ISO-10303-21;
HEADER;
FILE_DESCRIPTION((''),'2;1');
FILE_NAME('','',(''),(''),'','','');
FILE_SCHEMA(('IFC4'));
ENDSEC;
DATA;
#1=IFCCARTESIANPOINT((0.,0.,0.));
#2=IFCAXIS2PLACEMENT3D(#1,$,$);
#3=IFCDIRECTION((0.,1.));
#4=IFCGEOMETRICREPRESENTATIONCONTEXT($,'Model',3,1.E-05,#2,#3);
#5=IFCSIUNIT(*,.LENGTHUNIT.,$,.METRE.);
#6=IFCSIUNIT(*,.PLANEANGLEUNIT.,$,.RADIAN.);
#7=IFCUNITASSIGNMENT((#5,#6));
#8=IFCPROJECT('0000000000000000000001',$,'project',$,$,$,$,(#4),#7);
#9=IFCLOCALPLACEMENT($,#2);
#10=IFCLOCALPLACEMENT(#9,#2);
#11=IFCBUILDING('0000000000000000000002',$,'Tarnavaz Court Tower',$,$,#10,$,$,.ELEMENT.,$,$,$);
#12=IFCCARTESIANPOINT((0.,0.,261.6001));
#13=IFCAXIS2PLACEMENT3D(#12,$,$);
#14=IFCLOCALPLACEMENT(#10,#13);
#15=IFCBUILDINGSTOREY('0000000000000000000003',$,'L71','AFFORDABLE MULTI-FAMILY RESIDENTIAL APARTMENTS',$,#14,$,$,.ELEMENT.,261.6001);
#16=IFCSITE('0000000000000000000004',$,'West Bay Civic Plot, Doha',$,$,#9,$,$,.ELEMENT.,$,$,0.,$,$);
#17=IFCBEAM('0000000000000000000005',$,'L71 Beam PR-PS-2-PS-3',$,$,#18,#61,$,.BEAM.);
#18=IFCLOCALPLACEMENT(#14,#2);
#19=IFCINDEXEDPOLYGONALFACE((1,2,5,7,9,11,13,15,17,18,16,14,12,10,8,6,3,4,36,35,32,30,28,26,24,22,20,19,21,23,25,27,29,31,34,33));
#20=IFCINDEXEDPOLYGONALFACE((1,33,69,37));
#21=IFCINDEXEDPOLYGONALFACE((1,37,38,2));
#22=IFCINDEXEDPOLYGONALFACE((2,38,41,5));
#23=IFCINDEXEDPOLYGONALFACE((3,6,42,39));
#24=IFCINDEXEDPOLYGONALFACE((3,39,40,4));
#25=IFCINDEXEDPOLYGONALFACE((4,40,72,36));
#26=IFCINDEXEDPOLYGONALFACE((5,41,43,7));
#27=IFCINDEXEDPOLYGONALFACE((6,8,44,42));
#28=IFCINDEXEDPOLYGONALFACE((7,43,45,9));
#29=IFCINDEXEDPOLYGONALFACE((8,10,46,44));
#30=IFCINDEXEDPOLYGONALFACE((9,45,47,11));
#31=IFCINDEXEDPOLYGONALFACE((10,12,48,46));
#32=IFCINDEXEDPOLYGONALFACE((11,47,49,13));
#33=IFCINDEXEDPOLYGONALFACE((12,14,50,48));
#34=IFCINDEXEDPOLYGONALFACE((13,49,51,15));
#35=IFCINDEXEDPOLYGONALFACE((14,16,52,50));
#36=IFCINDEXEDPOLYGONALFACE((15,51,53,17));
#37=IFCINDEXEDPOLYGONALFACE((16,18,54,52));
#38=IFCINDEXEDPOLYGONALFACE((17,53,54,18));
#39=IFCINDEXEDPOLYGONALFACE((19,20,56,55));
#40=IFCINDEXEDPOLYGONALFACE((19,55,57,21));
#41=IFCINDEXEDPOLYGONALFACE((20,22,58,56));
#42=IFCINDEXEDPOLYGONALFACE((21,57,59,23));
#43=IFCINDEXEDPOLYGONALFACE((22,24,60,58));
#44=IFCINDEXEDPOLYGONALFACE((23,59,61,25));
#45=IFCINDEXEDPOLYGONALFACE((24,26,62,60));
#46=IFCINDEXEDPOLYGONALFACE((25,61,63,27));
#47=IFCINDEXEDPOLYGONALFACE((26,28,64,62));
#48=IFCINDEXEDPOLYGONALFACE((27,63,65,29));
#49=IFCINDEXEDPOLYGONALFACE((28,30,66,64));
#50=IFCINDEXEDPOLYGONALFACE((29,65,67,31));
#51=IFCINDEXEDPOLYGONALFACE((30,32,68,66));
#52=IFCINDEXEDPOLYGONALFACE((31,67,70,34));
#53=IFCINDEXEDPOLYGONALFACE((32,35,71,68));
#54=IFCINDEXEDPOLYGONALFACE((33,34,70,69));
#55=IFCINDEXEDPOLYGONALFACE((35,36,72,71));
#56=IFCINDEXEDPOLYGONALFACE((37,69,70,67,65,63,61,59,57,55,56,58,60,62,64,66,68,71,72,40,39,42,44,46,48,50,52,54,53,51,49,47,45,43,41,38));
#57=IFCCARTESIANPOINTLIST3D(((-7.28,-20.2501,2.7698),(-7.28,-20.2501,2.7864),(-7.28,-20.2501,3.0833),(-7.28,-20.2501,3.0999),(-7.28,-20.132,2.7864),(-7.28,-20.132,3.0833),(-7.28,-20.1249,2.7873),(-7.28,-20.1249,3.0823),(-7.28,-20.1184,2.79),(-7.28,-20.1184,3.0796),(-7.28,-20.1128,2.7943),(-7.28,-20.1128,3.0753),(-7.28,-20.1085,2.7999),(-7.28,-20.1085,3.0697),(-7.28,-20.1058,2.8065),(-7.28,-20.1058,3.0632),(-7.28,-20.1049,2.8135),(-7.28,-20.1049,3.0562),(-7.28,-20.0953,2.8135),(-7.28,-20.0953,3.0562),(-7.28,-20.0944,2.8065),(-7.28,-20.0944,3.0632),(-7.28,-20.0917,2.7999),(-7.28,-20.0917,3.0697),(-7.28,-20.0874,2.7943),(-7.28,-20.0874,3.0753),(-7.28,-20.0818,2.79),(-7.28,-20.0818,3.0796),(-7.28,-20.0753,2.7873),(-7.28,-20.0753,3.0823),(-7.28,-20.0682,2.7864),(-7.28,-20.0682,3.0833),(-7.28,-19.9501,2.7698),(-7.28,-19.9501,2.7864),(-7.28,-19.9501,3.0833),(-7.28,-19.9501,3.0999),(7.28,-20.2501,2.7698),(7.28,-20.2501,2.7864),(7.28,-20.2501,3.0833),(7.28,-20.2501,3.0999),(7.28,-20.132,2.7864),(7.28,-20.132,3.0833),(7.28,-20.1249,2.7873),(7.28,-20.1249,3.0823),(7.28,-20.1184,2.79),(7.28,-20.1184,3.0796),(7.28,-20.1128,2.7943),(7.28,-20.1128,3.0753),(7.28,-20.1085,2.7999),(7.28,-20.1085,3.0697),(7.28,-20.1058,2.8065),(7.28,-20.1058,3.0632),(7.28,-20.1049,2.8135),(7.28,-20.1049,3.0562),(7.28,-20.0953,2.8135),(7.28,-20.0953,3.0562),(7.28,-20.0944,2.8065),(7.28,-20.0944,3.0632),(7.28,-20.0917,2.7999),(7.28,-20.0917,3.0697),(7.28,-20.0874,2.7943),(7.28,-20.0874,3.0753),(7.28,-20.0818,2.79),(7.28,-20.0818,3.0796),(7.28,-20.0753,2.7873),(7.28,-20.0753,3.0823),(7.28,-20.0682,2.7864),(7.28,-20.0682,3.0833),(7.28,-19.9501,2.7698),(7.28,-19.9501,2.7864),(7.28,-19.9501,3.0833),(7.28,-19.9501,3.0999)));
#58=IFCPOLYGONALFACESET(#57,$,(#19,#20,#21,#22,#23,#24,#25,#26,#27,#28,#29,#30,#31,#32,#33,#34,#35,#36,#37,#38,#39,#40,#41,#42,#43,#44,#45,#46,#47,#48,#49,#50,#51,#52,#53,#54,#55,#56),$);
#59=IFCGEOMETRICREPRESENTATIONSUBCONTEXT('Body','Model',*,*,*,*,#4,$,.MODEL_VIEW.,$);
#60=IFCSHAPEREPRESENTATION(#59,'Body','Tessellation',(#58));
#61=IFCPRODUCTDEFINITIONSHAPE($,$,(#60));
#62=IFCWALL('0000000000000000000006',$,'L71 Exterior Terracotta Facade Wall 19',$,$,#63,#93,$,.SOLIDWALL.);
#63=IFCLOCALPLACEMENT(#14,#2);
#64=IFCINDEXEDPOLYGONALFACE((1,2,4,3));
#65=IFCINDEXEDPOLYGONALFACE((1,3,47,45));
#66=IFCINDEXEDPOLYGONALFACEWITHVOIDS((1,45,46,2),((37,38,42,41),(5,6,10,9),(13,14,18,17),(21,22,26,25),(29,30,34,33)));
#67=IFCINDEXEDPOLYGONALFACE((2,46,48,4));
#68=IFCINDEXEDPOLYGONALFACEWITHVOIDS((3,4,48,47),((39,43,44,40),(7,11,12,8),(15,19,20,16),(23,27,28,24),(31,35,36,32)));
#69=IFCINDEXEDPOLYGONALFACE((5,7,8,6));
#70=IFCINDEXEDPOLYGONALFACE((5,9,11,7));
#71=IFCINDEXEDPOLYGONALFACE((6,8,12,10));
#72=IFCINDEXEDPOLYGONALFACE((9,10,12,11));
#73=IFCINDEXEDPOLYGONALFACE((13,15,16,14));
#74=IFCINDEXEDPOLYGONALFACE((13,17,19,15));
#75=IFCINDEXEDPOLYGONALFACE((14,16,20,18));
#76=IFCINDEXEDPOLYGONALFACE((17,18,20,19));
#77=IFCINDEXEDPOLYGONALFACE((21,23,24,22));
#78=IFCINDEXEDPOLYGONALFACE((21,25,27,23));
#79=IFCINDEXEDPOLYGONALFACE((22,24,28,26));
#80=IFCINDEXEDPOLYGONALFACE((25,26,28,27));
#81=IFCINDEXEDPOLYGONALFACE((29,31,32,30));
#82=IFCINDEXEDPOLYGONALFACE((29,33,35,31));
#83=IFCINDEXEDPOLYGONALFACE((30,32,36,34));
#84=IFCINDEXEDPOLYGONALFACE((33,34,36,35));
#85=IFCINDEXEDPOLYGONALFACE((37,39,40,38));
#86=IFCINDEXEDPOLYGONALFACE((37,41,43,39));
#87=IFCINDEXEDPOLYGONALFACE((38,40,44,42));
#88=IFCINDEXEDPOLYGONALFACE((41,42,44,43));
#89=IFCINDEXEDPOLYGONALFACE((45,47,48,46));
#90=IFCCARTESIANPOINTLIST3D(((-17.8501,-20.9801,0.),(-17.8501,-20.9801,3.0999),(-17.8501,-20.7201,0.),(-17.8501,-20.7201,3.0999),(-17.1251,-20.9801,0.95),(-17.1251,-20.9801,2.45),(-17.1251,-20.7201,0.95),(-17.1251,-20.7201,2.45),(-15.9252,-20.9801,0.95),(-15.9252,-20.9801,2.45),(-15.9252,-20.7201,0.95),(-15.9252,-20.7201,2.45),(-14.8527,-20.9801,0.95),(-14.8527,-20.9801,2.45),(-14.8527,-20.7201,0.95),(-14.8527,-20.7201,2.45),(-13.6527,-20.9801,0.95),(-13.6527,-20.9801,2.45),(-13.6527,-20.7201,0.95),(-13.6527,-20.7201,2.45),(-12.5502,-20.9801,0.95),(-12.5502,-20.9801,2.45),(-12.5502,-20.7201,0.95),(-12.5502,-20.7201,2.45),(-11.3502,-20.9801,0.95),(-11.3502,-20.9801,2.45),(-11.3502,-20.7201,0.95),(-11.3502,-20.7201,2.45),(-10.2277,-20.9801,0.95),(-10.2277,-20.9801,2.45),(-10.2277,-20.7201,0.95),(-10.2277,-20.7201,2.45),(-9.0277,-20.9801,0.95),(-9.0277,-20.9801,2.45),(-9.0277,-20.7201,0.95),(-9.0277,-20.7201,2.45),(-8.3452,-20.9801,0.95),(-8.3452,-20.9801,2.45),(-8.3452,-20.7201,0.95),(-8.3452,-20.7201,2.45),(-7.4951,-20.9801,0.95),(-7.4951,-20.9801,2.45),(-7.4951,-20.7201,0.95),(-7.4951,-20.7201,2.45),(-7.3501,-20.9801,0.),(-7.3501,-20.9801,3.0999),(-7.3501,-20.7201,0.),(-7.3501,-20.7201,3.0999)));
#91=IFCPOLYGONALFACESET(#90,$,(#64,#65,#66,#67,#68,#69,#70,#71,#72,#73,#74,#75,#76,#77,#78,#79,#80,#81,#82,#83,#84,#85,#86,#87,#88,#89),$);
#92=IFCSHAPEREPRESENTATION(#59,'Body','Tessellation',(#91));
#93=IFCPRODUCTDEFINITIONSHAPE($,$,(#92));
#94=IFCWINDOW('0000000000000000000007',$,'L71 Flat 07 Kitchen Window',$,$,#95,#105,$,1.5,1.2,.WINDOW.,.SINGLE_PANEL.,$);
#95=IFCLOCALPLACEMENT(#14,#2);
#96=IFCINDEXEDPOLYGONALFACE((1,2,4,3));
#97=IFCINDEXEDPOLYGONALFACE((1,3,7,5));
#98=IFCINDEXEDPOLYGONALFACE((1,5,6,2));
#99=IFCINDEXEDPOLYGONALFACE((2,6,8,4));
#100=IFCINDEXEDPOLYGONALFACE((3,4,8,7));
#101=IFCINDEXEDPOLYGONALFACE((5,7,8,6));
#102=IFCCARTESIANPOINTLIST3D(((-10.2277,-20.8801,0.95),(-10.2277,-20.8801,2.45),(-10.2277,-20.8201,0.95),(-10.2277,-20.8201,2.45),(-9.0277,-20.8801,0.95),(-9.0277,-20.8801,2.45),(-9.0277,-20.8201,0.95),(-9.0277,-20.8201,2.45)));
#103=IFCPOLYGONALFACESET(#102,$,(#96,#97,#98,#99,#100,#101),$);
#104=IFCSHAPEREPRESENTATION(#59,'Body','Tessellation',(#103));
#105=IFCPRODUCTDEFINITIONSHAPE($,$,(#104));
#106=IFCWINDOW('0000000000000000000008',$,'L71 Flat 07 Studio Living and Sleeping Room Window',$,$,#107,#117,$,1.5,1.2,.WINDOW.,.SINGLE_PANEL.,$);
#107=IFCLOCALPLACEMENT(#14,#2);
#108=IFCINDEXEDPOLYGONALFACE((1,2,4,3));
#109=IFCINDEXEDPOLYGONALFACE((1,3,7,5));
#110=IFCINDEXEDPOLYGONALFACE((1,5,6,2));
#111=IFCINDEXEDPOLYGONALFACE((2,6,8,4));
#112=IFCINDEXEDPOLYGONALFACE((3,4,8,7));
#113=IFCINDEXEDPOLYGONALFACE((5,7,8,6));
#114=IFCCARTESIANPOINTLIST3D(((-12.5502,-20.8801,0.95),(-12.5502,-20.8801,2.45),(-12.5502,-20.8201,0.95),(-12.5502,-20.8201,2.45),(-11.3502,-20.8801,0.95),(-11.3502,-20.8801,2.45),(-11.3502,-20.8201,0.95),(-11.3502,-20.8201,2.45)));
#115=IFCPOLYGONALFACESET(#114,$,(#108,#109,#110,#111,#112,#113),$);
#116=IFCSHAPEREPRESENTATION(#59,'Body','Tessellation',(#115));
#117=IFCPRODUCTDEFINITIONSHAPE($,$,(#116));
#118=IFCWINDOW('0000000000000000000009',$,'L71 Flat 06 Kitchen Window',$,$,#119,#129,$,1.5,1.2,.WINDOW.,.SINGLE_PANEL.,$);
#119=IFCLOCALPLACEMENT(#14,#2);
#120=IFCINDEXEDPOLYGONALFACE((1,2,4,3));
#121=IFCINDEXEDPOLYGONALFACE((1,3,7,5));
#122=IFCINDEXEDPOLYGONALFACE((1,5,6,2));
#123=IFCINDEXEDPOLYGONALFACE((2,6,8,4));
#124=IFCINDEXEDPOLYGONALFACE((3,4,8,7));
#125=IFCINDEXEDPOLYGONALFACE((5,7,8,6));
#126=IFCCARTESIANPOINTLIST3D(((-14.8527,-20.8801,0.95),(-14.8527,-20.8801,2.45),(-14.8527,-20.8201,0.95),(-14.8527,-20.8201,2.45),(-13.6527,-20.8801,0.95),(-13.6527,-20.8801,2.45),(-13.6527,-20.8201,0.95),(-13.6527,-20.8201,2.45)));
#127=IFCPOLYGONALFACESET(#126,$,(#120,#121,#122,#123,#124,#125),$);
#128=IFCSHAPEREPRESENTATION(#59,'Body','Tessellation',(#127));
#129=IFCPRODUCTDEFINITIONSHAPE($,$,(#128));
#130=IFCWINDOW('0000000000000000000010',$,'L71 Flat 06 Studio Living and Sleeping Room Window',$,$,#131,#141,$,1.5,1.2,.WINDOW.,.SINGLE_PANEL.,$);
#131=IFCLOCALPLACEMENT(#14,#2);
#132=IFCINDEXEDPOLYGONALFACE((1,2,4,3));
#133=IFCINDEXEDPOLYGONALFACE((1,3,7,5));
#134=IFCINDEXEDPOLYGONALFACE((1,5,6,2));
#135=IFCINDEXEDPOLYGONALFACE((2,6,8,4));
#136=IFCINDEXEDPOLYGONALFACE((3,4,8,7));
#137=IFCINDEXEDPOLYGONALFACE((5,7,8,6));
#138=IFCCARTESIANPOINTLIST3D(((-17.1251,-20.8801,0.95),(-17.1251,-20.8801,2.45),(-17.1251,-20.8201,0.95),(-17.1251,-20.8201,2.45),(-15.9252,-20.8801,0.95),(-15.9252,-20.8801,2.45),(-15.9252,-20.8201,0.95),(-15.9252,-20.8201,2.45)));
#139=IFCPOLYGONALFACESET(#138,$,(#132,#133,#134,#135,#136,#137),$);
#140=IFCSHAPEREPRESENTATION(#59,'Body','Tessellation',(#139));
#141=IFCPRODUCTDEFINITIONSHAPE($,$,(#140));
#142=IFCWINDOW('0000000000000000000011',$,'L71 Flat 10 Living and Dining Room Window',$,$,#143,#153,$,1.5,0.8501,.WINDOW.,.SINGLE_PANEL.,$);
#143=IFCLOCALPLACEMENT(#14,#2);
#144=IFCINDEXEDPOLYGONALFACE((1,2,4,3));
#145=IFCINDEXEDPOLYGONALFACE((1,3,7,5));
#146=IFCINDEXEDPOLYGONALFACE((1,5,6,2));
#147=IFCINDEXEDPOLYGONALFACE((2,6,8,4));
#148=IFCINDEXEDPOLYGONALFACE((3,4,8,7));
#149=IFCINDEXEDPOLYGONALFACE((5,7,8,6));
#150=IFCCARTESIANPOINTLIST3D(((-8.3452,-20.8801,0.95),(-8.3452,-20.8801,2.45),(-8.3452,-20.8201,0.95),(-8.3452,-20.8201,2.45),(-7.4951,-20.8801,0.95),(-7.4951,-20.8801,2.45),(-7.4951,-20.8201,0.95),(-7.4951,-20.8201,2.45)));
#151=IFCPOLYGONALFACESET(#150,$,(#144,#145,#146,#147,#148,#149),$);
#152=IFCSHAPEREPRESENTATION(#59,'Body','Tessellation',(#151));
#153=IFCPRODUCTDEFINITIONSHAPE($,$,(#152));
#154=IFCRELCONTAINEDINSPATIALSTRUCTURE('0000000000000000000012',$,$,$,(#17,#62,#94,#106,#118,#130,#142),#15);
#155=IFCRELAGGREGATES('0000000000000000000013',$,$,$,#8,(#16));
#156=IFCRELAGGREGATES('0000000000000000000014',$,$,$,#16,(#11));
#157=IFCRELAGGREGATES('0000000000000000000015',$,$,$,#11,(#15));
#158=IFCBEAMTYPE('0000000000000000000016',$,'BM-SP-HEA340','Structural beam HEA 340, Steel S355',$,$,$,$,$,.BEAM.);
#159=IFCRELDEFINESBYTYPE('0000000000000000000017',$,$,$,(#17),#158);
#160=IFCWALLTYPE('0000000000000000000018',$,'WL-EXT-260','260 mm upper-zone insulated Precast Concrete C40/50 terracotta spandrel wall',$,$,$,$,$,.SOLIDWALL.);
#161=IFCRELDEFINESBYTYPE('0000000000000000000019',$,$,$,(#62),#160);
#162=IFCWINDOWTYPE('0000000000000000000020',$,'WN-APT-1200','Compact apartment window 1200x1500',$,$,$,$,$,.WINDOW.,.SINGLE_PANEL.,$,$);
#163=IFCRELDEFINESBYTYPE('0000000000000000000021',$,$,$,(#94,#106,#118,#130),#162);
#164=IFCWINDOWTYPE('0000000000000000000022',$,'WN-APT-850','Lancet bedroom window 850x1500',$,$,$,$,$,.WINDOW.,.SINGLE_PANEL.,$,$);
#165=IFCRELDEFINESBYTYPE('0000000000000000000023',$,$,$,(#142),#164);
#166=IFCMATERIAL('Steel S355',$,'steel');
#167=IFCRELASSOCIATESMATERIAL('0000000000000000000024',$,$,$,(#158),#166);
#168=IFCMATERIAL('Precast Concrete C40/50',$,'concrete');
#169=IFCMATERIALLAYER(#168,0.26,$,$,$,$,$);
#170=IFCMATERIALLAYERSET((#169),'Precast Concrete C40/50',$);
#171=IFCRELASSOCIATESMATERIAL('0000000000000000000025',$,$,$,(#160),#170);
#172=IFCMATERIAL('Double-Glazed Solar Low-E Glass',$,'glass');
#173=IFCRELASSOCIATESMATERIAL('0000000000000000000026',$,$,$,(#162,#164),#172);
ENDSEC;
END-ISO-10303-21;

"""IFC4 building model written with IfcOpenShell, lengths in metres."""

from ifc_helpers import new_model, si_unit, direction, frame, frame_2d, origin, origin_2d, place, context, subcontext, project, spatial, rectangle, i_section, extrude, material, layer, layer_set, material_profile, profile_set, type_object, element, fill, save


model = new_model("IFC4")

# Units and contexts
model_context = context("Model", 3, precision=1e-05, world=origin(), true_north=direction((0.0, 1.0)))
body_context = subcontext(model_context, "Body", "Model", "MODEL_VIEW")
ifc_project = project(units=[si_unit("LENGTHUNIT", "METRE"), si_unit("PLANEANGLEUNIT", "RADIAN")], contexts=[model_context])

# Site, building, storey
site_placement = place(None, origin())
site = spatial("IfcSite", under=ifc_project, at=site_placement, Name="West Bay Civic Plot, Doha", CompositionType="ELEMENT", RefElevation=0.0)
building_placement = place(site_placement, origin())
building = spatial("IfcBuilding", under=site, at=building_placement, Name="Tarnavaz Court Tower", CompositionType="ELEMENT")
storey_placement = place(building_placement, frame((0.0, 0.0, 261.6001)))
storey = spatial("IfcBuildingStorey", under=building, at=storey_placement, Name="L71", Description="AFFORDABLE MULTI-FAMILY RESIDENTIAL APARTMENTS", CompositionType="ELEMENT", Elevation=261.6001)

# Beam
ifc_material_1 = material(Name="Steel S355", Category="steel")
ifc_material_profile_1 = material_profile(ifc_material_1, i_section(OverallWidth=0.3, OverallDepth=0.3301, WebThickness=0.0095, FlangeThickness=0.0166, FilletRadius=0.0271, at=origin_2d()), Name="HEA 340")
ifc_profile_set_1 = profile_set([ifc_material_profile_1], Name="Steel S355")
beam_type_1 = type_object("IfcBeamType", Name="BM-SP-HEA340", Description="Structural beam HEA 340, Steel S355", PredefinedType="BEAM", material=ifc_profile_set_1)
beam_placement = place(storey_placement, frame((-7.28, -20.1001, 2.9348), z_axis=(1.0, 0.0, 0.0), x_axis=(0.0, 1.0, 0.0)))
element("IfcBeam", 1, at=beam_placement, inside=storey, type_object=beam_type_1, Name="L71 Beam PR-PS-2-PS-3", PredefinedType="BEAM", context=body_context, shape_type="SweptSolid", body=[
    extrude(i_section(OverallWidth=0.3, OverallDepth=0.3301, WebThickness=0.0095, FlangeThickness=0.0166, FilletRadius=0.0271, at=origin_2d()), origin(), (0.0, 0.0, 1.0), 14.5601),
])

# Wall, openings, windows
ifc_material_2 = material(Name="Precast Concrete C40/50", Category="concrete")
ifc_layer_1 = layer(ifc_material_2, 0.26)
ifc_layer_set_1 = layer_set([ifc_layer_1], Name="Precast Concrete C40/50")
wall_type_1 = type_object("IfcWallType", Name="WL-EXT-260", Description="260 mm upper-zone insulated Precast Concrete C40/50 terracotta spandrel wall", PredefinedType="SOLIDWALL", material=ifc_layer_set_1)
wall_1_placement = place(storey_placement, frame((-7.3501, -20.8501, 0.0), z_axis=(0.0, 0.0, 1.0), x_axis=(-1.0, 0.0, 0.0)))
wall_1 = element("IfcWall", 2, at=wall_1_placement, inside=storey, type_object=wall_type_1, Name="L71 Exterior Terracotta Facade Wall 19", PredefinedType="SOLIDWALL", context=body_context, shape_type="SweptSolid", body=[
    extrude(rectangle(XDim=10.5, YDim=0.26, at=frame_2d((5.25, 0.0))), origin(), (0.0, 0.0, 1.0), 3.0999),
])
opening_1_placement = place(wall_1_placement, frame((0.145, 0.0, 0.95)))
opening_1 = element("IfcOpeningElement", 3, at=opening_1_placement, cuts=wall_1, PredefinedType="OPENING", context=body_context, shape_type="SweptSolid", body=[
    extrude(rectangle(XDim=0.8501, YDim=1.5, at=frame_2d((0.425, 0.75))), frame((0.0, 0.1399, 0.0), z_axis=(0.0, -1.0, 0.0), x_axis=(1.0, 0.0, 0.0)), (0.0, 0.0, 1.0), 0.28),
])
opening_2_placement = place(wall_1_placement, frame((1.6775, 0.0, 0.95)))
opening_2 = element("IfcOpeningElement", 4, at=opening_2_placement, cuts=wall_1, PredefinedType="OPENING", context=body_context, shape_type="SweptSolid", body=[
    extrude(rectangle(XDim=1.2, YDim=1.5, at=frame_2d((0.6001, 0.75))), frame((0.0, 0.1399, 0.0), z_axis=(0.0, -1.0, 0.0), x_axis=(1.0, 0.0, 0.0)), (0.0, 0.0, 1.0), 0.28),
])
opening_3_placement = place(wall_1_placement, frame((4.0, 0.0, 0.95)))
opening_3 = element("IfcOpeningElement", 5, at=opening_3_placement, cuts=wall_1, PredefinedType="OPENING", context=body_context, shape_type="SweptSolid", body=[
    extrude(rectangle(XDim=1.2, YDim=1.5, at=frame_2d((0.6001, 0.75))), frame((0.0, 0.1399, 0.0), z_axis=(0.0, -1.0, 0.0), x_axis=(1.0, 0.0, 0.0)), (0.0, 0.0, 1.0), 0.28),
])
opening_4_placement = place(wall_1_placement, frame((6.3025, 0.0, 0.95)))
opening_4 = element("IfcOpeningElement", 6, at=opening_4_placement, cuts=wall_1, PredefinedType="OPENING", context=body_context, shape_type="SweptSolid", body=[
    extrude(rectangle(XDim=1.2, YDim=1.5, at=frame_2d((0.6001, 0.75))), frame((0.0, 0.1399, 0.0), z_axis=(0.0, -1.0, 0.0), x_axis=(1.0, 0.0, 0.0)), (0.0, 0.0, 1.0), 0.28),
])
opening_5_placement = place(wall_1_placement, frame((8.575, 0.0, 0.95)))
opening_5 = element("IfcOpeningElement", 7, at=opening_5_placement, cuts=wall_1, PredefinedType="OPENING", context=body_context, shape_type="SweptSolid", body=[
    extrude(rectangle(XDim=1.2, YDim=1.5, at=frame_2d((0.6001, 0.75))), frame((0.0, 0.1399, 0.0), z_axis=(0.0, -1.0, 0.0), x_axis=(1.0, 0.0, 0.0)), (0.0, 0.0, 1.0), 0.28),
])
ifc_material_3 = material(Name="Double-Glazed Solar Low-E Glass", Category="glass")
window_type_1 = type_object("IfcWindowType", Name="WN-APT-1200", Description="Compact apartment window 1200x1500", PartitioningType="SINGLE_PANEL", PredefinedType="WINDOW", material=ifc_material_3)
window_1_placement = place(opening_2_placement, origin())
window_1 = element("IfcWindow", 8, at=window_1_placement, inside=storey, type_object=window_type_1, Name="L71 Flat 07 Kitchen Window", OverallHeight=1.5, OverallWidth=1.2, PartitioningType="SINGLE_PANEL", PredefinedType="WINDOW", context=body_context, shape_type="SweptSolid", body=[
    extrude(rectangle(XDim=1.2, YDim=1.5, at=frame_2d((0.6001, 0.75))), frame((0.0, 0.03, 0.0), z_axis=(0.0, -1.0, 0.0), x_axis=(1.0, 0.0, 0.0)), (0.0, 0.0, 1.0), 0.0601),
])
fill(opening_2, window_1)
window_2_placement = place(opening_3_placement, origin())
window_2 = element("IfcWindow", 9, at=window_2_placement, inside=storey, type_object=window_type_1, Name="L71 Flat 07 Studio Living and Sleeping Room Window", OverallHeight=1.5, OverallWidth=1.2, PartitioningType="SINGLE_PANEL", PredefinedType="WINDOW", context=body_context, shape_type="SweptSolid", body=[
    extrude(rectangle(XDim=1.2, YDim=1.5, at=frame_2d((0.6001, 0.75))), frame((0.0, 0.03, 0.0), z_axis=(0.0, -1.0, 0.0), x_axis=(1.0, 0.0, 0.0)), (0.0, 0.0, 1.0), 0.0601),
])
fill(opening_3, window_2)
window_3_placement = place(opening_4_placement, origin())
window_3 = element("IfcWindow", 10, at=window_3_placement, inside=storey, type_object=window_type_1, Name="L71 Flat 06 Kitchen Window", OverallHeight=1.5, OverallWidth=1.2, PartitioningType="SINGLE_PANEL", PredefinedType="WINDOW", context=body_context, shape_type="SweptSolid", body=[
    extrude(rectangle(XDim=1.2, YDim=1.5, at=frame_2d((0.6001, 0.75))), frame((0.0, 0.03, 0.0), z_axis=(0.0, -1.0, 0.0), x_axis=(1.0, 0.0, 0.0)), (0.0, 0.0, 1.0), 0.0601),
])
fill(opening_4, window_3)
window_4_placement = place(opening_5_placement, origin())
window_4 = element("IfcWindow", 11, at=window_4_placement, inside=storey, type_object=window_type_1, Name="L71 Flat 06 Studio Living and Sleeping Room Window", OverallHeight=1.5, OverallWidth=1.2, PartitioningType="SINGLE_PANEL", PredefinedType="WINDOW", context=body_context, shape_type="SweptSolid", body=[
    extrude(rectangle(XDim=1.2, YDim=1.5, at=frame_2d((0.6001, 0.75))), frame((0.0, 0.03, 0.0), z_axis=(0.0, -1.0, 0.0), x_axis=(1.0, 0.0, 0.0)), (0.0, 0.0, 1.0), 0.0601),
])
fill(opening_5, window_4)
window_type_2 = type_object("IfcWindowType", Name="WN-APT-850", Description="Lancet bedroom window 850x1500", PartitioningType="SINGLE_PANEL", PredefinedType="WINDOW", material=ifc_material_3)
window_5_placement = place(opening_1_placement, origin())
window_5 = element("IfcWindow", 12, at=window_5_placement, inside=storey, type_object=window_type_2, Name="L71 Flat 10 Living and Dining Room Window", OverallHeight=1.5, OverallWidth=0.8501, PartitioningType="SINGLE_PANEL", PredefinedType="WINDOW", context=body_context, shape_type="SweptSolid", body=[
    extrude(rectangle(XDim=0.8501, YDim=1.5, at=frame_2d((0.425, 0.75))), frame((0.0, 0.03, 0.0), z_axis=(0.0, -1.0, 0.0), x_axis=(1.0, 0.0, 0.0)), (0.0, 0.0, 1.0), 0.0601),
])
fill(opening_1, window_5)

save(model, "model.ifc")
